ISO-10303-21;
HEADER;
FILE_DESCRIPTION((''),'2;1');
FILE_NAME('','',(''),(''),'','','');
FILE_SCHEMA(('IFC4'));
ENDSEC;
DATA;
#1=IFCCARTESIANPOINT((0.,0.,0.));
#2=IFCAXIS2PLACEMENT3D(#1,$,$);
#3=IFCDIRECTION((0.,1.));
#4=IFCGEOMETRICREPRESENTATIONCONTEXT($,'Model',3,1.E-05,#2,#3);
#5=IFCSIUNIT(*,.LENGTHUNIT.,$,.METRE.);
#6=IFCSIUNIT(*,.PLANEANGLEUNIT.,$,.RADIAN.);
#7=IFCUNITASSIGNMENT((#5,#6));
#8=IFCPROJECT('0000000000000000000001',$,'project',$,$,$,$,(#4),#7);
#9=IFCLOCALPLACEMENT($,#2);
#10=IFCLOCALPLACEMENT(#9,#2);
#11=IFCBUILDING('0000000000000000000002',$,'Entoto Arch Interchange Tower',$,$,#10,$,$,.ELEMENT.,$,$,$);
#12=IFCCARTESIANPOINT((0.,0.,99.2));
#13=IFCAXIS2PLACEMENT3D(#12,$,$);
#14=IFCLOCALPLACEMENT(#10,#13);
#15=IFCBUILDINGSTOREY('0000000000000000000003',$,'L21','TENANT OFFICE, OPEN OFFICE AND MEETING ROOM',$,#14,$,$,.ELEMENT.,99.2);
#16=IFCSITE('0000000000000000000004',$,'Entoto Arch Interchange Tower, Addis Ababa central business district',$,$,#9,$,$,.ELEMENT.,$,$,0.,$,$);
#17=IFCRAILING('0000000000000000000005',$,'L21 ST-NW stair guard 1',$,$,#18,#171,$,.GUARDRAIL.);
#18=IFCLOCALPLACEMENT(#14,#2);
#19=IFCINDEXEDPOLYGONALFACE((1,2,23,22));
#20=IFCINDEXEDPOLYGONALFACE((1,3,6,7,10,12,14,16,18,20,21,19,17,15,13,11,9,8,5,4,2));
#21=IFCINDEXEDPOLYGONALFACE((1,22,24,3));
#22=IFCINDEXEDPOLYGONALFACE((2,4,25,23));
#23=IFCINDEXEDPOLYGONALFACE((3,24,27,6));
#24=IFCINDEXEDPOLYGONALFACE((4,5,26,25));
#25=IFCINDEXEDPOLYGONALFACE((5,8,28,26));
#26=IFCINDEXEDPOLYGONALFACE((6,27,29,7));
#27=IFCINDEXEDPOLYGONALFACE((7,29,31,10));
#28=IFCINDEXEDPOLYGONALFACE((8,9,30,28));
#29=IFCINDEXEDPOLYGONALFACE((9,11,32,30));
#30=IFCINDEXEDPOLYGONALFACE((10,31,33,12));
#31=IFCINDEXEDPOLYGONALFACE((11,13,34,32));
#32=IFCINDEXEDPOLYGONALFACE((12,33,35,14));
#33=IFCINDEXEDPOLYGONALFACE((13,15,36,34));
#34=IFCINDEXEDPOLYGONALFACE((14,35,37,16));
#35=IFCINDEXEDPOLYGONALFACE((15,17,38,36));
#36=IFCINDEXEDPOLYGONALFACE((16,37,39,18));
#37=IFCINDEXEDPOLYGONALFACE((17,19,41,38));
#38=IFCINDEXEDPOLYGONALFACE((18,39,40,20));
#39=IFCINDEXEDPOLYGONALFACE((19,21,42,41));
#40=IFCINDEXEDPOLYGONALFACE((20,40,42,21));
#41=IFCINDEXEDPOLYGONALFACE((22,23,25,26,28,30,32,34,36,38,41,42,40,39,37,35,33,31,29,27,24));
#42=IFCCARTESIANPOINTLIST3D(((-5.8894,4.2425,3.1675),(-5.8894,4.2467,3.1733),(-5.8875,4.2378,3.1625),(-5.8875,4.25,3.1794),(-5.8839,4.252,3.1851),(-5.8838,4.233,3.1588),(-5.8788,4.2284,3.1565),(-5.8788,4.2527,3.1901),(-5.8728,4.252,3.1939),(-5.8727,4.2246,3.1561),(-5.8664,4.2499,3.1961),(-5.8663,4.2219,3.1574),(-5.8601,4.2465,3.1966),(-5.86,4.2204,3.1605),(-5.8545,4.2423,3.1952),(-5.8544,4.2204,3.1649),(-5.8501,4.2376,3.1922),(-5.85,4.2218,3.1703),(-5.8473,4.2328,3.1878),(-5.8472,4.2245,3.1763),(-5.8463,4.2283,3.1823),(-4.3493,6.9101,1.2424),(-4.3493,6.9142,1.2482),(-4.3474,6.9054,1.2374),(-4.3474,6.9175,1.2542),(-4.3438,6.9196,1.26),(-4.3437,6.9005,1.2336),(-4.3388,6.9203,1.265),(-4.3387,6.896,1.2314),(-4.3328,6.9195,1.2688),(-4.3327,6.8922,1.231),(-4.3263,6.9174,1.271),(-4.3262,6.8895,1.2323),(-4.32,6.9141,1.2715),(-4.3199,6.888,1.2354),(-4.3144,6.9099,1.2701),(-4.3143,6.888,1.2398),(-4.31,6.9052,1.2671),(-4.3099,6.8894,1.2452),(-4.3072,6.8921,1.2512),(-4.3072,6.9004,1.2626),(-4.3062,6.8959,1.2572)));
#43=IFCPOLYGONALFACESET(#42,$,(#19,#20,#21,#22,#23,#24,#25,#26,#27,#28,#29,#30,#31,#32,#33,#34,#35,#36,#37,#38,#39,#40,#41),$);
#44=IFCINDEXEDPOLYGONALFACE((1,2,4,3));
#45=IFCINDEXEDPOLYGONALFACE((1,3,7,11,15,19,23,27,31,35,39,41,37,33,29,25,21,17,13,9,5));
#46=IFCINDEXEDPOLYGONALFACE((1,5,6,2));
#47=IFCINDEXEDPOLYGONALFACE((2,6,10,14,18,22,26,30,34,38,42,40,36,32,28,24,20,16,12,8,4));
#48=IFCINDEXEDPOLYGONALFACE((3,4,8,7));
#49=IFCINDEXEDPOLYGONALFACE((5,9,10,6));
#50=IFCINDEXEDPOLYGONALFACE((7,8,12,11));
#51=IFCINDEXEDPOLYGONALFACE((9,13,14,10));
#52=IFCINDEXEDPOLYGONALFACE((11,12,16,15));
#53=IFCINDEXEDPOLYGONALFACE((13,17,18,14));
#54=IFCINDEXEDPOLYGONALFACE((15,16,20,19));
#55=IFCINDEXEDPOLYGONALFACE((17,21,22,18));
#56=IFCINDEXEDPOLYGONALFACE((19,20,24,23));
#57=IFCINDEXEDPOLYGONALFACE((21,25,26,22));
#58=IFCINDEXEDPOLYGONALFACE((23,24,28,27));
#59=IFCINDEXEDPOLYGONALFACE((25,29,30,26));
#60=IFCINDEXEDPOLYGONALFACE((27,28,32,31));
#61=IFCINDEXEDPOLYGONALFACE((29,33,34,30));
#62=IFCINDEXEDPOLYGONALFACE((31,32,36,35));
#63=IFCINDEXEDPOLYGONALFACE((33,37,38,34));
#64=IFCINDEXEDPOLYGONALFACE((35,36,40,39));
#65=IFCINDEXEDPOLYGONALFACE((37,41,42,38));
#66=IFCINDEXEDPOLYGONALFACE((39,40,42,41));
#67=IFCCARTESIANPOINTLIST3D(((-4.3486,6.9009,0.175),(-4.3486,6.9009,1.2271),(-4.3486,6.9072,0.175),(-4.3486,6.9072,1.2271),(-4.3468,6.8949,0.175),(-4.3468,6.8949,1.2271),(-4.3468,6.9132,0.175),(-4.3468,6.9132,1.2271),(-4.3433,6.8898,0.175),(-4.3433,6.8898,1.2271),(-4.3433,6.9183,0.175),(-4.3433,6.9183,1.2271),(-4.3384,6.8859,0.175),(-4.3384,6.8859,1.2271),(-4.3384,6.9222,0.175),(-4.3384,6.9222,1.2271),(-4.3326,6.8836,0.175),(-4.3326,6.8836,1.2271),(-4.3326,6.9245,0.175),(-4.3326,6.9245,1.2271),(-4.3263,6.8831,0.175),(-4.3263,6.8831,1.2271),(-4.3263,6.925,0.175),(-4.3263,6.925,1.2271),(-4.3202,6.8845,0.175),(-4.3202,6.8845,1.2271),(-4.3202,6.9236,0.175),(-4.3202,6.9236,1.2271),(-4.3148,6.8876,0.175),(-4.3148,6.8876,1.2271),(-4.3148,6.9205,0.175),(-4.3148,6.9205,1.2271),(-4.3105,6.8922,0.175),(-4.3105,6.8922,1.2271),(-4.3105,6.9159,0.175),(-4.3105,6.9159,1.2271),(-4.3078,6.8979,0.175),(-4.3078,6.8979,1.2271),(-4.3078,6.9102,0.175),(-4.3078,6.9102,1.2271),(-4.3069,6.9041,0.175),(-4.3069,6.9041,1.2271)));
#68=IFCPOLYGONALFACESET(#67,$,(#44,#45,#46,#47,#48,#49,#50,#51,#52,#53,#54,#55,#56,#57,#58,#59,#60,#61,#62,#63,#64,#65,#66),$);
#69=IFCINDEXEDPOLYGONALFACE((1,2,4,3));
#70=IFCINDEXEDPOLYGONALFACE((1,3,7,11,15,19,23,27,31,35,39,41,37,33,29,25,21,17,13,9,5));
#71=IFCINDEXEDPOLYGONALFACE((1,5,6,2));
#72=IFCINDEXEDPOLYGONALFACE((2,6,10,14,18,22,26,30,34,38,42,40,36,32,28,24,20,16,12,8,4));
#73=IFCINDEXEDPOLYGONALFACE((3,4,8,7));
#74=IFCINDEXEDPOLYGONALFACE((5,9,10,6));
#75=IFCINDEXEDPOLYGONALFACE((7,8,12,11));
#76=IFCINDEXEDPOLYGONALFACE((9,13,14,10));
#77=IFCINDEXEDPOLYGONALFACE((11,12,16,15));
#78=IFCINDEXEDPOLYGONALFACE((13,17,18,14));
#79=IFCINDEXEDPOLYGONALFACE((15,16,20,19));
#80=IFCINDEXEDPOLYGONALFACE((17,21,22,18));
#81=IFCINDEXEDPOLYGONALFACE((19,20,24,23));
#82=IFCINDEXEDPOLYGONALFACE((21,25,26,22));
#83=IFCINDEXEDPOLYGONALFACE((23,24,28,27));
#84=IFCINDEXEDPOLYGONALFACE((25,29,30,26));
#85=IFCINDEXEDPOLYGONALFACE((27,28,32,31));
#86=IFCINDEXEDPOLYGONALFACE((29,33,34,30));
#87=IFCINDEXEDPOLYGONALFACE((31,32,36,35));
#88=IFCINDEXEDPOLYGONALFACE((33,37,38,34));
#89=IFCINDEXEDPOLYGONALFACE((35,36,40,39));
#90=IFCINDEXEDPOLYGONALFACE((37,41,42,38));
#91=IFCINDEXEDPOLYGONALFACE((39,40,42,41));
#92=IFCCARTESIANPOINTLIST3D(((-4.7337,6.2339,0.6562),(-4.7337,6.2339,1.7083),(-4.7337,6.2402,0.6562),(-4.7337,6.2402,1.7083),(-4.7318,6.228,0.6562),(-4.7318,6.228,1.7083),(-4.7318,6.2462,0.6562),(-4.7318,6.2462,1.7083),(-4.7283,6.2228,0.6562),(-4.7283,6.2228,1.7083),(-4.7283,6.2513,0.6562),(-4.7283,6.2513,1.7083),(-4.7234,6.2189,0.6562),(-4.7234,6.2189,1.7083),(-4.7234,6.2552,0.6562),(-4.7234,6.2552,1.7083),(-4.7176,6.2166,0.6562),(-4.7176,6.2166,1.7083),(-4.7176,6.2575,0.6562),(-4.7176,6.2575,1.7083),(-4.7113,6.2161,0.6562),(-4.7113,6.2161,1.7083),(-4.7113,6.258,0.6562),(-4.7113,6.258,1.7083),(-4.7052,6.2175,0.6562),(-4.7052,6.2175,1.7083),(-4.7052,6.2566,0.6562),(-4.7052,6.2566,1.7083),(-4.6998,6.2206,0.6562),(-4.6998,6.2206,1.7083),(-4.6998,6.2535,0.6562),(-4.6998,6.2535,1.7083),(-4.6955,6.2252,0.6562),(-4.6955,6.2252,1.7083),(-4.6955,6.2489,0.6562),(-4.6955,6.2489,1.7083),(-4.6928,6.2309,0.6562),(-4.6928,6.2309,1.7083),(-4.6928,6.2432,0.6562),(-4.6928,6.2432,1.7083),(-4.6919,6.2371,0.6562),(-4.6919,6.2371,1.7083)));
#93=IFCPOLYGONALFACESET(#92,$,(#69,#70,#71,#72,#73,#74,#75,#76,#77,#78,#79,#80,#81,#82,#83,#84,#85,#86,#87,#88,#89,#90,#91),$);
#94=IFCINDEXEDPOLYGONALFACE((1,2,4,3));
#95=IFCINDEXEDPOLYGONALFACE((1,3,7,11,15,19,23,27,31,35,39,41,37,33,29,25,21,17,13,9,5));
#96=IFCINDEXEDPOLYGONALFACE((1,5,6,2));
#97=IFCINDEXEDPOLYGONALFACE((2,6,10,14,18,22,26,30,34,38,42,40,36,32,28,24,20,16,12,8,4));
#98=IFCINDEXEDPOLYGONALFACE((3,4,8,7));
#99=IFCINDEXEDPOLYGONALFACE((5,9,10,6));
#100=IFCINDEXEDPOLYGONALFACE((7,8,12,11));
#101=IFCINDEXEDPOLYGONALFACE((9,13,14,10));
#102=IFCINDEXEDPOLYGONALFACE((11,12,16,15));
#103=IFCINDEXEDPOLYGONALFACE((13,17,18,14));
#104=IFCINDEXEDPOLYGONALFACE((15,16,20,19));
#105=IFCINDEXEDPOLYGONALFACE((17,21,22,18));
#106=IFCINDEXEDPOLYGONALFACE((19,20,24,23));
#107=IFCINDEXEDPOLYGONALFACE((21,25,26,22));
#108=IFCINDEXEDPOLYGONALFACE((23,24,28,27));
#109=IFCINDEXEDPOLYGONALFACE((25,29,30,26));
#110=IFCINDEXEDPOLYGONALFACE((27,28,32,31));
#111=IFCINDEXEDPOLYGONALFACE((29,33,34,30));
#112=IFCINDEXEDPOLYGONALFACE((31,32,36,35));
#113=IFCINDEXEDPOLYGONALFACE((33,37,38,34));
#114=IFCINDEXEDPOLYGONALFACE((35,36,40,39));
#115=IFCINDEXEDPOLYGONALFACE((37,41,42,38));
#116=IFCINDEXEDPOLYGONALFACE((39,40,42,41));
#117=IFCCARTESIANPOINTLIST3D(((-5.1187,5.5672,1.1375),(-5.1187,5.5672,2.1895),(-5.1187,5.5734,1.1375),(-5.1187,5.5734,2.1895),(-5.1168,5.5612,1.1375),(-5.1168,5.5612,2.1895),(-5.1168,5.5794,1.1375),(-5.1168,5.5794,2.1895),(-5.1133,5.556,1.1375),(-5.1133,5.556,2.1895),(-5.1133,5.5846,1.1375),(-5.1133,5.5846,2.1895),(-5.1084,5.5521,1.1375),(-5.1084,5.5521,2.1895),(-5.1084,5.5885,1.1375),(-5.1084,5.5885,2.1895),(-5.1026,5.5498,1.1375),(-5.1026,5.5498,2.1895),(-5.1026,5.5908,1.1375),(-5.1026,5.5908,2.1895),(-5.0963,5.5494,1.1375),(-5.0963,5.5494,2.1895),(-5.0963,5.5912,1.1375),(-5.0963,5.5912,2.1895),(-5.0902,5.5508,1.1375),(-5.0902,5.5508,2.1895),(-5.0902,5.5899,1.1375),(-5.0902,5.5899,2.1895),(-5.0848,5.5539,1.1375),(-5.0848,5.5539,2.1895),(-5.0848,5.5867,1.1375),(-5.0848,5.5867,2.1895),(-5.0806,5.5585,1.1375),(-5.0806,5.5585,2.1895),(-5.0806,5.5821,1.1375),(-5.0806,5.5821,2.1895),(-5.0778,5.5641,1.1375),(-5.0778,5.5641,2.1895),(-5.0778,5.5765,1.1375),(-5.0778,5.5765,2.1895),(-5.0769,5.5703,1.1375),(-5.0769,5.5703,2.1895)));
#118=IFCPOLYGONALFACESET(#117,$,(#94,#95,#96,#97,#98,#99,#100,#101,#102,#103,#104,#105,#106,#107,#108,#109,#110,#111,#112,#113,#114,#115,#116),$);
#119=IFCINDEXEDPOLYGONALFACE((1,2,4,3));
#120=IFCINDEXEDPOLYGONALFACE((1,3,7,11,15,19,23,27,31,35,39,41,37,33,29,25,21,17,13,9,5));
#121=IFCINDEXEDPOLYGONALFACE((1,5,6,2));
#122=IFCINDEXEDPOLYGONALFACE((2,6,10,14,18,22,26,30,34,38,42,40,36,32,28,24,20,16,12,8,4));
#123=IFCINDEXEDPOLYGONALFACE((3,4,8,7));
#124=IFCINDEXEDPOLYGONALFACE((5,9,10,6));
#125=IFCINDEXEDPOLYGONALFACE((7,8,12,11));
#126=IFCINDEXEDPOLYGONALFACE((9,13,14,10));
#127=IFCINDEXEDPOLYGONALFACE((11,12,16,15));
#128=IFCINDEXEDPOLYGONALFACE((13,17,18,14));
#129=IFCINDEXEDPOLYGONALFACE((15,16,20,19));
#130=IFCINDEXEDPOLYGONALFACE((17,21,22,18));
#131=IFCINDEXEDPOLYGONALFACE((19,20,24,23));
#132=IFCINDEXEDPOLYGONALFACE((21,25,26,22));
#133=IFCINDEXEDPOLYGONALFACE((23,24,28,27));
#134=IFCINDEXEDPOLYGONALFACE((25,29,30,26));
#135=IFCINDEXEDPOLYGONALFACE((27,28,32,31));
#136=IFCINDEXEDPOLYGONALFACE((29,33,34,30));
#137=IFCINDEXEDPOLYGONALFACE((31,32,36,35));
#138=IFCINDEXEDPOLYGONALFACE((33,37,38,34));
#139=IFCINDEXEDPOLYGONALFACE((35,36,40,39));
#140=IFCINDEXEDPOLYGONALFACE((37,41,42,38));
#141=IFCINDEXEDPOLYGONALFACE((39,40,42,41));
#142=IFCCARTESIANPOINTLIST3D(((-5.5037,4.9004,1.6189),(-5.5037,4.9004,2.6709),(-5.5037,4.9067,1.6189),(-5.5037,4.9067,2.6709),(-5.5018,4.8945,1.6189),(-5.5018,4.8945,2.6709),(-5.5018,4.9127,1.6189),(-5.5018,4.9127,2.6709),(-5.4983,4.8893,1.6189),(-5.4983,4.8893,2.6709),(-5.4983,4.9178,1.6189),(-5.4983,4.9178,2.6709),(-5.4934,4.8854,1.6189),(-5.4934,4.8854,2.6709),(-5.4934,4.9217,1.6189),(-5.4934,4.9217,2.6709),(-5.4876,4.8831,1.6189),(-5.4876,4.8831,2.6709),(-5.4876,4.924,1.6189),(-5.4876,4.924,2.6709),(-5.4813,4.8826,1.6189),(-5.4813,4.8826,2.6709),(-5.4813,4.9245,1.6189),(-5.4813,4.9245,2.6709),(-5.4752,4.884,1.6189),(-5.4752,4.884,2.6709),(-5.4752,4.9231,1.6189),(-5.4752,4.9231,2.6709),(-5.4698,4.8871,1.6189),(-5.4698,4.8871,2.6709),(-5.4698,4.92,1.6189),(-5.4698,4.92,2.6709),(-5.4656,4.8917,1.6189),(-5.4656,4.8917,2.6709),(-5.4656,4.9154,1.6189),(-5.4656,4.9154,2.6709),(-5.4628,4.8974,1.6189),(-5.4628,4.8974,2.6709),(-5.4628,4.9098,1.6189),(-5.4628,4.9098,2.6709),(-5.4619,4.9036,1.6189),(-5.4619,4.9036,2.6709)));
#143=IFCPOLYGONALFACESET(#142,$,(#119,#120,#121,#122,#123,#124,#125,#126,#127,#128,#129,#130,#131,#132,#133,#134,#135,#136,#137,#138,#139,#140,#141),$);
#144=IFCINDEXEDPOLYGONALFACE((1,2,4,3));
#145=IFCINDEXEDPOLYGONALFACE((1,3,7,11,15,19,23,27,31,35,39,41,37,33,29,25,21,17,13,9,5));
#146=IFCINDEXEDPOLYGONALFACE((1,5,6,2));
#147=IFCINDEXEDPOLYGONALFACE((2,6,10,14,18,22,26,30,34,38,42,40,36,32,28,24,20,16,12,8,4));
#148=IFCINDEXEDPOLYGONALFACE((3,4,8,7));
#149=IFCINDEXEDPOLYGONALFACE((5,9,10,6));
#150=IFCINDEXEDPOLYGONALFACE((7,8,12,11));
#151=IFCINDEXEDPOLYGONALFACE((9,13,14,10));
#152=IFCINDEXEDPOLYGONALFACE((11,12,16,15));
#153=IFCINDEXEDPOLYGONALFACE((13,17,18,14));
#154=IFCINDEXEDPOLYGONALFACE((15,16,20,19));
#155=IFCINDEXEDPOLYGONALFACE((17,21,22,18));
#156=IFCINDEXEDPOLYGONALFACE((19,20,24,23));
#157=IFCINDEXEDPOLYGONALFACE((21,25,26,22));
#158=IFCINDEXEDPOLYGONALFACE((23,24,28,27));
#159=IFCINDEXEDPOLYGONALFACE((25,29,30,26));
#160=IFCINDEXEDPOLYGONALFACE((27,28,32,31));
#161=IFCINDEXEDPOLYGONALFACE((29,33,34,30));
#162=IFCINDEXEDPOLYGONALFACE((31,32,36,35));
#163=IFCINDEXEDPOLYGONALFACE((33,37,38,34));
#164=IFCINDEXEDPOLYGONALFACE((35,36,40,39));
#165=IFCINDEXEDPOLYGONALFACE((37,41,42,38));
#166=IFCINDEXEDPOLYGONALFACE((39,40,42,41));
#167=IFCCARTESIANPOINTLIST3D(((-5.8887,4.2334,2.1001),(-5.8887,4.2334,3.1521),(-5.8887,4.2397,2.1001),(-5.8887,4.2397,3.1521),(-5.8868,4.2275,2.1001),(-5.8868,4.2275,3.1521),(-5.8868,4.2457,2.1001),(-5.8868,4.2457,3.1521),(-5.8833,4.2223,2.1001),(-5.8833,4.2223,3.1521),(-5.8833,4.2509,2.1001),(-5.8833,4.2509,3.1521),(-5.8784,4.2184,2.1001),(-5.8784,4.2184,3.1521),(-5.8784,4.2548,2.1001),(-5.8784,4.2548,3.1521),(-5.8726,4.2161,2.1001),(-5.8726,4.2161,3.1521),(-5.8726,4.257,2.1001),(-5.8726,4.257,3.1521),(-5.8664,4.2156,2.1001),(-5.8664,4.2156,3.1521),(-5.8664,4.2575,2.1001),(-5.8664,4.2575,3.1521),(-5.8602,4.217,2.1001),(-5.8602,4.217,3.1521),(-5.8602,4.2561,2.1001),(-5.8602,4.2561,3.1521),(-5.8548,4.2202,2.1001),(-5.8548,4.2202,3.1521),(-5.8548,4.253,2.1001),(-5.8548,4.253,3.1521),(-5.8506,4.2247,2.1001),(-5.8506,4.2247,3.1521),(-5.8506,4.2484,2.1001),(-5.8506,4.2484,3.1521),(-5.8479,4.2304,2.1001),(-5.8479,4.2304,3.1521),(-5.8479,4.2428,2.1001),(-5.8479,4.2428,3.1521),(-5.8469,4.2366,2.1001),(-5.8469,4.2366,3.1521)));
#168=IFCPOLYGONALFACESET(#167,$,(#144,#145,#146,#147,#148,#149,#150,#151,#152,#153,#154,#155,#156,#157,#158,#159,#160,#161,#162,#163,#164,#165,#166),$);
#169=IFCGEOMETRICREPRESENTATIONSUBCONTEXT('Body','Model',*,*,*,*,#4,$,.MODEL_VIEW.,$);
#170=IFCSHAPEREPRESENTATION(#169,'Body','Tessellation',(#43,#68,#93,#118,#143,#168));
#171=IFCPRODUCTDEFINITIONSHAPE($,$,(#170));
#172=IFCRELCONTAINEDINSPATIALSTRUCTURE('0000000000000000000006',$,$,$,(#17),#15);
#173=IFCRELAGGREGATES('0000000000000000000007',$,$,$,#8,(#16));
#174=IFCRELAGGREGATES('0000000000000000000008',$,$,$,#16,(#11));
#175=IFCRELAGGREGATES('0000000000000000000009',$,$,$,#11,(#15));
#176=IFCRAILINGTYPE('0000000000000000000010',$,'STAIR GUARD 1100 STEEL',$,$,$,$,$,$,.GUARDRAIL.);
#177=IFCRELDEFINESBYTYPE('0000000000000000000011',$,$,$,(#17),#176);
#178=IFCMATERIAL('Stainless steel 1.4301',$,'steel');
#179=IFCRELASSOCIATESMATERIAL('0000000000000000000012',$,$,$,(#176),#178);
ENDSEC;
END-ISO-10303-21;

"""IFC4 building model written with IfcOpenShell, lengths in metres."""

from ifc_helpers import new_model, si_unit, direction, frame, origin, origin_2d, place, context, subcontext, project, spatial, circle, extrude, material, type_object, element, save


model = new_model("IFC4")

# Units and contexts
model_context = context("Model", 3, precision=1e-05, world=origin(), true_north=direction((0.0, 1.0)))
body_context = subcontext(model_context, "Body", "Model", "MODEL_VIEW")
ifc_project = project(units=[si_unit("LENGTHUNIT", "METRE"), si_unit("PLANEANGLEUNIT", "RADIAN")], contexts=[model_context])

# Site, building, storey
site_placement = place(None, origin())
site = spatial("IfcSite", under=ifc_project, at=site_placement, Name="Entoto Arch Interchange Tower, Addis Ababa central business district", CompositionType="ELEMENT", RefElevation=0.0)
building_placement = place(site_placement, origin())
building = spatial("IfcBuilding", under=site, at=building_placement, Name="Entoto Arch Interchange Tower", CompositionType="ELEMENT")
storey_placement = place(building_placement, frame((0.0, 0.0, 99.2)))
storey = spatial("IfcBuildingStorey", under=building, at=storey_placement, Name="L21", Description="TENANT OFFICE, OPEN OFFICE AND MEETING ROOM", CompositionType="ELEMENT", Elevation=99.2)

# Railing
ifc_material_1 = material(Name="Stainless steel 1.4301", Category="steel")
railing_type_1 = type_object("IfcRailingType", Name="STAIR GUARD 1100 STEEL", PredefinedType="GUARDRAIL", material=ifc_material_1)
railing_1_placement = place(storey_placement, frame((-4.3279, 6.9041, 0.175)))
element("IfcRailing", 1, at=railing_1_placement, inside=storey, type_object=railing_type_1, Name="L21 ST-NW stair guard 1", PredefinedType="GUARDRAIL", context=body_context, shape_type="SweptSolid", body=[
    extrude(circle(Radius=0.0239, at=origin_2d()), frame((0.0, 0.0, 1.0762), z_axis=(-0.423994, -0.734395, 0.529993), x_axis=(0.86603, -0.499992, 0.0)), (0.0, 0.0, 1.0), 3.6323),
    extrude(circle(Radius=0.021, at=origin_2d()), origin(), (0.0, 0.0, 1.0), 1.052),
    extrude(circle(Radius=0.021, at=origin_2d()), frame((-0.385, -0.667, 0.4812)), (0.0, 0.0, 1.0), 1.052),
    extrude(circle(Radius=0.021, at=origin_2d()), frame((-0.77, -1.3337, 0.9624)), (0.0, 0.0, 1.0), 1.052),
    extrude(circle(Radius=0.021, at=origin_2d()), frame((-1.155, -2.0005, 1.4438)), (0.0, 0.0, 1.0), 1.052),
    extrude(circle(Radius=0.021, at=origin_2d()), frame((-1.54, -2.6675, 1.925)), (0.0, 0.0, 1.0), 1.052),
])

save(model, "model.ifc")
